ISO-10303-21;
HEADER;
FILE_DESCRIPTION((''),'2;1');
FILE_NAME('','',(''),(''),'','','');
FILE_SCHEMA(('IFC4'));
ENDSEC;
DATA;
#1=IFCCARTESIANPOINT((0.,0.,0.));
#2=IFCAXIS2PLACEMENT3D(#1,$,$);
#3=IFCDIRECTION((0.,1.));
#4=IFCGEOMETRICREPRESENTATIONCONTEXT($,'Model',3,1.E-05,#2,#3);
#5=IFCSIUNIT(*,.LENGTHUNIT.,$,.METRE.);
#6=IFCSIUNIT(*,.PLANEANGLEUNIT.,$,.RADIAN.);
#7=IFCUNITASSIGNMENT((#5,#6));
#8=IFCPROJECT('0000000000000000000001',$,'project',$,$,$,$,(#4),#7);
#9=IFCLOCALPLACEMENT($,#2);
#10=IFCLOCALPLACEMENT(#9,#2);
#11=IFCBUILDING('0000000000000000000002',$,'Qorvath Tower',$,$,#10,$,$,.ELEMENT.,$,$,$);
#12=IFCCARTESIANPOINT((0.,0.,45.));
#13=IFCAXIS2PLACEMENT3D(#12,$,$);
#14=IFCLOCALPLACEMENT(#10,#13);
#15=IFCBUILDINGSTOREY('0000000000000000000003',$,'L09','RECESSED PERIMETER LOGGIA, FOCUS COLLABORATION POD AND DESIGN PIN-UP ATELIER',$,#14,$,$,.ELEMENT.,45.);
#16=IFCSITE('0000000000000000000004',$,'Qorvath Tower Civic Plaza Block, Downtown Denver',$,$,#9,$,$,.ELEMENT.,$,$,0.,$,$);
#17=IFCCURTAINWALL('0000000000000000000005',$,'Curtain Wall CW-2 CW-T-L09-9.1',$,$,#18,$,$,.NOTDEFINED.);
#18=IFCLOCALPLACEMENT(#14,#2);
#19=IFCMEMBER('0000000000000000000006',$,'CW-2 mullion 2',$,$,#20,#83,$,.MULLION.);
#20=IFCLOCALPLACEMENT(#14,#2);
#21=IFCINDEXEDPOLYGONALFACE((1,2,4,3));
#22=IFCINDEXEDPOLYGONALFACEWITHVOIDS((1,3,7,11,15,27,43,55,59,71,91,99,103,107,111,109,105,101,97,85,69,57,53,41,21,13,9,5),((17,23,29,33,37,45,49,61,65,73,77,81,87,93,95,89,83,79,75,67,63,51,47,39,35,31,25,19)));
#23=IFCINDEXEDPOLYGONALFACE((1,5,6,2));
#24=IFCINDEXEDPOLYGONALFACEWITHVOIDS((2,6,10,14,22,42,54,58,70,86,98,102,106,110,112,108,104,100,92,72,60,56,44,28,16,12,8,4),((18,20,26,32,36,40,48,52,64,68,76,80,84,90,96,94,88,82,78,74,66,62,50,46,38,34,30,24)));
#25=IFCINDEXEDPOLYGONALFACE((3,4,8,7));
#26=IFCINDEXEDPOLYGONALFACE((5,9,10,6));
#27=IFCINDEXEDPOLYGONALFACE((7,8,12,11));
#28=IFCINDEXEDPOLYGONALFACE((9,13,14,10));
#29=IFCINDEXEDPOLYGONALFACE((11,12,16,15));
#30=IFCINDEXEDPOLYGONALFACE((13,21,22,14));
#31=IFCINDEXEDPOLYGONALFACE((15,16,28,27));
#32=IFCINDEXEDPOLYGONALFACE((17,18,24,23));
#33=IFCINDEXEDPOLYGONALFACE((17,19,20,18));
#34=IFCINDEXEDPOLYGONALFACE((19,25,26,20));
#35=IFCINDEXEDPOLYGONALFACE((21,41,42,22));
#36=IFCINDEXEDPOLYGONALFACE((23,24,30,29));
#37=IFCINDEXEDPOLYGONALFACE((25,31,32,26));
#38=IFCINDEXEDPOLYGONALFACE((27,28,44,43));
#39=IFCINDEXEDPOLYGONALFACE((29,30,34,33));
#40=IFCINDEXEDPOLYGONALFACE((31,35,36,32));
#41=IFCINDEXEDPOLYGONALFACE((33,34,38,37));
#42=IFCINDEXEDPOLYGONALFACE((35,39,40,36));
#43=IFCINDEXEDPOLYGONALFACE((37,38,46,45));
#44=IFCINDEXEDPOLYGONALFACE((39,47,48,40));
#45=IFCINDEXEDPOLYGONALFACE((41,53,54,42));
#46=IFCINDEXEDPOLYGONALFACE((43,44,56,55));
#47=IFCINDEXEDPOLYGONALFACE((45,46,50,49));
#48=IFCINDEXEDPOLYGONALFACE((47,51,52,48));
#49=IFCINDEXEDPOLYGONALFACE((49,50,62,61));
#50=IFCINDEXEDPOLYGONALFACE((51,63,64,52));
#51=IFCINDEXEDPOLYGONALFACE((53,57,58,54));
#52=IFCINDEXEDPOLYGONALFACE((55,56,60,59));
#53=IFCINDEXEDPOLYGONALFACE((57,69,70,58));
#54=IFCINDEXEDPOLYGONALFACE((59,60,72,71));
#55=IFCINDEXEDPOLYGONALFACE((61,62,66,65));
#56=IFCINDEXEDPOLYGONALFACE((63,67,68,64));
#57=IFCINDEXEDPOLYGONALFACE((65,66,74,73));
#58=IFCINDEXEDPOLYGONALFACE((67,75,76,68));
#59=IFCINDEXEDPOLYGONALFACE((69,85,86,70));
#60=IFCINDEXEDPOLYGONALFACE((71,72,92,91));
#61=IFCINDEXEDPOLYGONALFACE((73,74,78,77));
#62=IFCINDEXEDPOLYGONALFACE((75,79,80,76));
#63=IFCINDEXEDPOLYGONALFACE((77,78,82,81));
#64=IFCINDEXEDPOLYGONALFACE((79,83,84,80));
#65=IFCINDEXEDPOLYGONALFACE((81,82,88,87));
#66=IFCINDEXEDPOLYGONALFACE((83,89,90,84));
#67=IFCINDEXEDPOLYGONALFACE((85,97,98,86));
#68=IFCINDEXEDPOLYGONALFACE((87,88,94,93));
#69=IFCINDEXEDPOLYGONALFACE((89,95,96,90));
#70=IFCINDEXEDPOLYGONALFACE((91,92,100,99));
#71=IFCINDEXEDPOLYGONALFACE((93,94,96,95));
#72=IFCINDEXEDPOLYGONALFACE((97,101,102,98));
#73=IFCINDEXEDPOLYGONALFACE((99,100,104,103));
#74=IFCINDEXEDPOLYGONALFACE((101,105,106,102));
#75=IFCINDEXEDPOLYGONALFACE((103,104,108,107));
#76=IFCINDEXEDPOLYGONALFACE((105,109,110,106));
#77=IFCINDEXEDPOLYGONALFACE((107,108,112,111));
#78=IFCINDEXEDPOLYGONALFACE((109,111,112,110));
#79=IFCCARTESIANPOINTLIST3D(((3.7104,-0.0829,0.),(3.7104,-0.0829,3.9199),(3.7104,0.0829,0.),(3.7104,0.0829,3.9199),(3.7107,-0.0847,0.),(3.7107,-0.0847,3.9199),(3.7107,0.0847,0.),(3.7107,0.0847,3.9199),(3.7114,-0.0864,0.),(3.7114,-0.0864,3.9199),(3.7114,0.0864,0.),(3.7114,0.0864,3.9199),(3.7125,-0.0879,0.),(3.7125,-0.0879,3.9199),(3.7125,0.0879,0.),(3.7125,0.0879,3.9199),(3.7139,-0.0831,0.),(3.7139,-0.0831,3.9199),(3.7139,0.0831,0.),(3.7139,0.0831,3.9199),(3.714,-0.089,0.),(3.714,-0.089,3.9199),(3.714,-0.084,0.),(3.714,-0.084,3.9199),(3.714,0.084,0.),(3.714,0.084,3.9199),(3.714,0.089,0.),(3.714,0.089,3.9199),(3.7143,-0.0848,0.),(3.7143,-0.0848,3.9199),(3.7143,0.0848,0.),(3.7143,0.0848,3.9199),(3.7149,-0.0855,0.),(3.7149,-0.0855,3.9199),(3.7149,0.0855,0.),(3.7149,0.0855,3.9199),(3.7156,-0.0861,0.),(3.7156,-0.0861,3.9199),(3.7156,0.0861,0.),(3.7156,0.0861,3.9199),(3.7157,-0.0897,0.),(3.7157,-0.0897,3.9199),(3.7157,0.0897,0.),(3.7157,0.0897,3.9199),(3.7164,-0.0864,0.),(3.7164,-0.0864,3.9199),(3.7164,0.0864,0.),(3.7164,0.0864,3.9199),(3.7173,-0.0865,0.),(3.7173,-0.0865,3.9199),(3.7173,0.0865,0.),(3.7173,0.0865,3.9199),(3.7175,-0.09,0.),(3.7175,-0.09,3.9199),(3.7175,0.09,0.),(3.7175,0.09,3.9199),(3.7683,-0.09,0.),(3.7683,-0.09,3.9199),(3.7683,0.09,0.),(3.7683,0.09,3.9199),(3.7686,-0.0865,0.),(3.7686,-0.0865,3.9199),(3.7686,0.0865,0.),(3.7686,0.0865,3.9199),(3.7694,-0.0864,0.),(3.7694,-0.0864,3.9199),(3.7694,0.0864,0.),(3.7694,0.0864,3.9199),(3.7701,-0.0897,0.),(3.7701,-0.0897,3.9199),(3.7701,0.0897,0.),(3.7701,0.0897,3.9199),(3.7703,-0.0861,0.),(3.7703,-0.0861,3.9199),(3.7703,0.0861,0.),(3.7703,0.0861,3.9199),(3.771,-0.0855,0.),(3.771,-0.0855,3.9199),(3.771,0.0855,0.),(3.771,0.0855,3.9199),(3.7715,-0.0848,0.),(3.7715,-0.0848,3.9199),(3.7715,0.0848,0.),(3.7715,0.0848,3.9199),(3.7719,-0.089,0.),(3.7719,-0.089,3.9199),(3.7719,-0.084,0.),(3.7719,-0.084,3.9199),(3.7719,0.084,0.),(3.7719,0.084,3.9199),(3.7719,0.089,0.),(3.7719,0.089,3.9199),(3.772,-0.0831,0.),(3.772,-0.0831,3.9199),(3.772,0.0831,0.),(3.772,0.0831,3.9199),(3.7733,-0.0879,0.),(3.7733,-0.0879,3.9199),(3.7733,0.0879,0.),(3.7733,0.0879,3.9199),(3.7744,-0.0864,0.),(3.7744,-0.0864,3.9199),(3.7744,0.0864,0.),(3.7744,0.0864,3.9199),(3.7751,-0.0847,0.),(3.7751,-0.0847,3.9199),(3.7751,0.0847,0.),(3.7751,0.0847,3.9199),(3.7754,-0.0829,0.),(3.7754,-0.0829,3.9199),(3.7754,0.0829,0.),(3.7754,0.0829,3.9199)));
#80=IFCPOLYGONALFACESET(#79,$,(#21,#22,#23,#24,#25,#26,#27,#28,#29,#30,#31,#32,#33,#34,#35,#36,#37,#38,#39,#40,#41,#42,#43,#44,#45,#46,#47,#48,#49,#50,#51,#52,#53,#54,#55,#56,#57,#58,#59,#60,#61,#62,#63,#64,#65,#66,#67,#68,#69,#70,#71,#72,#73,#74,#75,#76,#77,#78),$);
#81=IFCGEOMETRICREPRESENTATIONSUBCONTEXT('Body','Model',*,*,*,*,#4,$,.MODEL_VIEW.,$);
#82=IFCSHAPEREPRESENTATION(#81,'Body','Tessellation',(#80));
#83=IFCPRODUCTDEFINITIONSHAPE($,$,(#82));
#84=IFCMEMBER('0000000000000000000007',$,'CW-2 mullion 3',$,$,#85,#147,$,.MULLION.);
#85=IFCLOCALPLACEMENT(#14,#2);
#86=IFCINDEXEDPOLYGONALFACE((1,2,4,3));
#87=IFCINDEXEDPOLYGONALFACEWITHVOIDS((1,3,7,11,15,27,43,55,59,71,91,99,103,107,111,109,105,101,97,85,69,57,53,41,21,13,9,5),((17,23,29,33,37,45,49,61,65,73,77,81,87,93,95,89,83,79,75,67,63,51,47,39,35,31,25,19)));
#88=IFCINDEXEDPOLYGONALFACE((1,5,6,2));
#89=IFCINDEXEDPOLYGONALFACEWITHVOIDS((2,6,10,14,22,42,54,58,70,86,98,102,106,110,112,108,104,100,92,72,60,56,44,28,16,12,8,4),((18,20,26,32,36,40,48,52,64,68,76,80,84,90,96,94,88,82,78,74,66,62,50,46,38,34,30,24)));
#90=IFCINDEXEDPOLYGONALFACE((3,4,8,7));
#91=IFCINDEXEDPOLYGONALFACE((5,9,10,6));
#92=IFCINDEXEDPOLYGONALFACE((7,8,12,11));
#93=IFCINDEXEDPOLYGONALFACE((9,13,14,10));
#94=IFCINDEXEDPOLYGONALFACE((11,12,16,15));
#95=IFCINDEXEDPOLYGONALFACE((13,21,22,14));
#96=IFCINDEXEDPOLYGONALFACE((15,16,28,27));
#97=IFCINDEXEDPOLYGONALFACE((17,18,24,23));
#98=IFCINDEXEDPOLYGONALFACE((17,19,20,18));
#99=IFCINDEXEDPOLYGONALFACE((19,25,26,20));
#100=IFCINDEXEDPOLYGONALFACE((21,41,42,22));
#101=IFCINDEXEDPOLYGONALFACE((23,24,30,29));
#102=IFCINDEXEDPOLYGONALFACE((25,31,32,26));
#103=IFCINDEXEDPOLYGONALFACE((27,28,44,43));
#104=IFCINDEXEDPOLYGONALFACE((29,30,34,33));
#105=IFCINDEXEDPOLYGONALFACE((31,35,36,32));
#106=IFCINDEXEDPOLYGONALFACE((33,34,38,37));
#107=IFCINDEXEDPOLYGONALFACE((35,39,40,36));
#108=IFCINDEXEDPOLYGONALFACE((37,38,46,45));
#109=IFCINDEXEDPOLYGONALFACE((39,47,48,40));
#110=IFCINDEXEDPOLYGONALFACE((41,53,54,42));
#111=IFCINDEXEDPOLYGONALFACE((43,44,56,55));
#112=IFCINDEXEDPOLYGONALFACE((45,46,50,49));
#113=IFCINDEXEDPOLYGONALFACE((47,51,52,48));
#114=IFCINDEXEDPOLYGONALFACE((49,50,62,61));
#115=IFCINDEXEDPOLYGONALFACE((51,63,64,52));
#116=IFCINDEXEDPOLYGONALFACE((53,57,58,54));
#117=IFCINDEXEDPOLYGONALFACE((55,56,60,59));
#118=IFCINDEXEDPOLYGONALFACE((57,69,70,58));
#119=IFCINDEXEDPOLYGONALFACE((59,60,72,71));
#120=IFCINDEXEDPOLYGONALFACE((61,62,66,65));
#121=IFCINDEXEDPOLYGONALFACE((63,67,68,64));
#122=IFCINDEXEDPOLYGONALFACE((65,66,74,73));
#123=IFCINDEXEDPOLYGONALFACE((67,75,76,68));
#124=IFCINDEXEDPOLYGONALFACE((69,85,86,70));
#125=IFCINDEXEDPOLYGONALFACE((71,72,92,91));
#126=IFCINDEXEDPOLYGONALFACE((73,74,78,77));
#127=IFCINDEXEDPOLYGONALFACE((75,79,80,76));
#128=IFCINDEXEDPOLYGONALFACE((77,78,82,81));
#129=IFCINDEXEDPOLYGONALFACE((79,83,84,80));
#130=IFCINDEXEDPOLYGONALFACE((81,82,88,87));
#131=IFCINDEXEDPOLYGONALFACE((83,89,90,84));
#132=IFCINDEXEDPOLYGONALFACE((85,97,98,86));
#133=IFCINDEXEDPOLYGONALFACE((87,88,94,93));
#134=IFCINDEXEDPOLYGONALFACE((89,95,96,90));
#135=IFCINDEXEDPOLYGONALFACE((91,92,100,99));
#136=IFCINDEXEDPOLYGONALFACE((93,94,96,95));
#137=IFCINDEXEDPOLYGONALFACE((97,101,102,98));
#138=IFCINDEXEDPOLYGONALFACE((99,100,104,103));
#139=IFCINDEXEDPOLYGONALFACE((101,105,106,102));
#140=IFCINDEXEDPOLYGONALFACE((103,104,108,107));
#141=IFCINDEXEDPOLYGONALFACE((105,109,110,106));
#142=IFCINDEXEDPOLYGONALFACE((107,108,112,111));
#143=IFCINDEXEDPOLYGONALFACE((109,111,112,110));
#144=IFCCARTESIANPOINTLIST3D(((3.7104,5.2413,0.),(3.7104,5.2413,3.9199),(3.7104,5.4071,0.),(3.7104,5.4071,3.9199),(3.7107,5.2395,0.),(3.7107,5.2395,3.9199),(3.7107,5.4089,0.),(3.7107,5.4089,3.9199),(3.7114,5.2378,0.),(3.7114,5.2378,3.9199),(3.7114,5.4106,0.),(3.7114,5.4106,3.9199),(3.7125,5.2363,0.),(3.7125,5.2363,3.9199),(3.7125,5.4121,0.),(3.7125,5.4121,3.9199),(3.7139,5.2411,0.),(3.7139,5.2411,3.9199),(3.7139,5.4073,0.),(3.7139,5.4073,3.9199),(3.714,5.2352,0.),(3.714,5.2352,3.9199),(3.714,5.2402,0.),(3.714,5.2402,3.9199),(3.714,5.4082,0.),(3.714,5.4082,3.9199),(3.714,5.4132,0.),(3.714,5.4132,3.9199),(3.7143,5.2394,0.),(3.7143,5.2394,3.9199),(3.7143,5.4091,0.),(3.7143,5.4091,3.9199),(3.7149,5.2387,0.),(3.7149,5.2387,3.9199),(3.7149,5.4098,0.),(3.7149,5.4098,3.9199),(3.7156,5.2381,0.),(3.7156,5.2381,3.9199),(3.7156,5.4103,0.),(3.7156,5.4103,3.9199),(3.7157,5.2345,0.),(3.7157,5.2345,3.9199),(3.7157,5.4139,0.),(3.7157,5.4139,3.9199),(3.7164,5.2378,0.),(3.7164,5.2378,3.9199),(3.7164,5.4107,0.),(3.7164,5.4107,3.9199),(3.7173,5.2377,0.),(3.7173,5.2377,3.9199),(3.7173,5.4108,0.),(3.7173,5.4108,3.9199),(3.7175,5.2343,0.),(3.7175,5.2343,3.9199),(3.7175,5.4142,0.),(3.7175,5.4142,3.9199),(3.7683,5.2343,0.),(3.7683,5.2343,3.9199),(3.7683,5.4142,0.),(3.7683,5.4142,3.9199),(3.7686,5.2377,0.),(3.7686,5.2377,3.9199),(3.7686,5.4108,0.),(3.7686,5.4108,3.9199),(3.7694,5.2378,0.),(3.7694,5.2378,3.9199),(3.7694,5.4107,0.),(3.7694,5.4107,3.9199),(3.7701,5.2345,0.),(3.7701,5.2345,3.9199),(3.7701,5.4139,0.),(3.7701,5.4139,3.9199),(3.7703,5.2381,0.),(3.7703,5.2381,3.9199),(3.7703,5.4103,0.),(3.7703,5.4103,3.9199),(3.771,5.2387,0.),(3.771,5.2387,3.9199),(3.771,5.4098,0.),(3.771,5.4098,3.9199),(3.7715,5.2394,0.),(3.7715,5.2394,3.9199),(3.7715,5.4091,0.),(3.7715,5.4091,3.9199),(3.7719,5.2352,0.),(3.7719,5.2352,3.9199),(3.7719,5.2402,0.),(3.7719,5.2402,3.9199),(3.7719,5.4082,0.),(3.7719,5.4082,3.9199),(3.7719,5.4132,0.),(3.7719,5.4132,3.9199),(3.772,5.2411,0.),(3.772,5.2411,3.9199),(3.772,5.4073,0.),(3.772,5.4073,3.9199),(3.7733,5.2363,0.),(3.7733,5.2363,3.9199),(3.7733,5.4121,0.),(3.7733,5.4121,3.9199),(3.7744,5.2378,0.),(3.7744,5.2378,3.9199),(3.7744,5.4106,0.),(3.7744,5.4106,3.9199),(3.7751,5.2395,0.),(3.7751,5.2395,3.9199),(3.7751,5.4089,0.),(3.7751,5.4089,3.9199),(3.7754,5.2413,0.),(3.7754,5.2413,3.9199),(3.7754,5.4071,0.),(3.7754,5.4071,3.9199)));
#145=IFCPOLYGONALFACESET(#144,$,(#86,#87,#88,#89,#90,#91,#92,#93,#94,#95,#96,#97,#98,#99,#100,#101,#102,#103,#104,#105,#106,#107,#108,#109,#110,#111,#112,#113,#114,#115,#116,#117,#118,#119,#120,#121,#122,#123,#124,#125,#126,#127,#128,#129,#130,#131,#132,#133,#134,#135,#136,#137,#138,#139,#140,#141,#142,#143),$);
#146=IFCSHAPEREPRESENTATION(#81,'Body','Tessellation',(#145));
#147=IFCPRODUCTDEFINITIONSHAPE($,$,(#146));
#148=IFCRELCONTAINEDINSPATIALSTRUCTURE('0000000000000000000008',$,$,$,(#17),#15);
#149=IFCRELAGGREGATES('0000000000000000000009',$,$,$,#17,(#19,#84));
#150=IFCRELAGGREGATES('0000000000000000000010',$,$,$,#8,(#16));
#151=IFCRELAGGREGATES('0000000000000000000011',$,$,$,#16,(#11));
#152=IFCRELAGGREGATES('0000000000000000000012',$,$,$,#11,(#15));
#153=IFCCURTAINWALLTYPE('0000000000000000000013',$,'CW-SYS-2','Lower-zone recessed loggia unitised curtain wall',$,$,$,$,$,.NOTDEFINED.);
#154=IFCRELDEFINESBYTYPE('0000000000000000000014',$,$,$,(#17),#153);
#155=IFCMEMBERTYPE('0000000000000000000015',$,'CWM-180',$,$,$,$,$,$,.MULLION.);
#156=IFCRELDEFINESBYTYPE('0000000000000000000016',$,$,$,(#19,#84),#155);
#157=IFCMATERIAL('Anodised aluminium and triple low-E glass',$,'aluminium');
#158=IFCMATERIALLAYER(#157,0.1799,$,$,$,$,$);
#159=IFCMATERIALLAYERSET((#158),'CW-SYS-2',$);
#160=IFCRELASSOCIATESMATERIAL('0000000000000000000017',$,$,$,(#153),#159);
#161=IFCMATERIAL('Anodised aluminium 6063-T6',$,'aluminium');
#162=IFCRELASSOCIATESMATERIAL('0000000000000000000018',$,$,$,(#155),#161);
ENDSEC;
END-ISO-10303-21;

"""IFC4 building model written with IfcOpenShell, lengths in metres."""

from ifc_helpers import new_model, si_unit, direction, frame, origin, origin_2d, place, context, subcontext, project, spatial, hollow_rectangle, extrude, material, layer, layer_set, material_profile, profile_set, type_object, element, aggregate, save


model = new_model("IFC4")

# Units and contexts
model_context = context("Model", 3, precision=1e-05, world=origin(), true_north=direction((0.0, 1.0)))
body_context = subcontext(model_context, "Body", "Model", "MODEL_VIEW")
ifc_project = project(units=[si_unit("LENGTHUNIT", "METRE"), si_unit("PLANEANGLEUNIT", "RADIAN")], contexts=[model_context])

# Site, building, storey
site_placement = place(None, origin())
site = spatial("IfcSite", under=ifc_project, at=site_placement, Name="Qorvath Tower Civic Plaza Block, Downtown Denver", CompositionType="ELEMENT", RefElevation=0.0)
building_placement = place(site_placement, origin())
building = spatial("IfcBuilding", under=site, at=building_placement, Name="Qorvath Tower", CompositionType="ELEMENT")
storey_placement = place(building_placement, frame((0.0, 0.0, 45.0)))
storey = spatial("IfcBuildingStorey", under=building, at=storey_placement, Name="L09", Description="RECESSED PERIMETER LOGGIA, FOCUS COLLABORATION POD AND DESIGN PIN-UP ATELIER", CompositionType="ELEMENT", Elevation=45.0)

# Curtain wall, members
ifc_material_1 = material(Name="Anodised aluminium and triple low-E glass", Category="aluminium")
ifc_layer_1 = layer(ifc_material_1, 0.1799)
ifc_layer_set_1 = layer_set([ifc_layer_1], Name="CW-SYS-2")
curtain_wall_type = type_object("IfcCurtainWallType", Name="CW-SYS-2", Description="Lower-zone recessed loggia unitised curtain wall", PredefinedType="NOTDEFINED", material=ifc_layer_set_1)
curtain_wall_1_placement = place(storey_placement, origin())
curtain_wall_1 = element("IfcCurtainWall", 1, at=curtain_wall_1_placement, inside=storey, type_object=curtain_wall_type, Name="Curtain Wall CW-2 CW-T-L09-9.1", PredefinedType="NOTDEFINED")
ifc_material_2 = material(Name="Anodised aluminium 6063-T6", Category="aluminium")
ifc_material_profile_1 = material_profile(ifc_material_2, hollow_rectangle(XDim=0.0649, YDim=0.1799, WallThickness=0.0034, InnerFilletRadius=0.0034, OuterFilletRadius=0.0071, at=origin_2d()), Name="CWM 180x65")
ifc_profile_set_1 = profile_set([ifc_material_profile_1], Name="Anodised aluminium 6063-T6")
member_type_1 = type_object("IfcMemberType", Name="CWM-180", PredefinedType="MULLION", material=ifc_profile_set_1)
member_1_placement = place(storey_placement, frame((3.7429, 0.0, 0.0), z_axis=(0.0, 0.0, 1.0), x_axis=(-1.0, 0.0, 0.0)))
member_1 = element("IfcMember", 2, at=member_1_placement, type_object=member_type_1, Name="CW-2 mullion 2", PredefinedType="MULLION", context=body_context, shape_type="SweptSolid", body=[
    extrude(hollow_rectangle(XDim=0.0649, YDim=0.1799, WallThickness=0.0034, InnerFilletRadius=0.0034, OuterFilletRadius=0.0071, at=origin_2d()), origin(), (0.0, 0.0, 1.0), 3.9199),
])
member_2_placement = place(storey_placement, frame((3.7429, 5.3242, 0.0), z_axis=(0.0, 0.0, 1.0), x_axis=(-1.0, 0.0, 0.0)))
member_2 = element("IfcMember", 3, at=member_2_placement, type_object=member_type_1, Name="CW-2 mullion 3", PredefinedType="MULLION", context=body_context, shape_type="SweptSolid", body=[
    extrude(hollow_rectangle(XDim=0.0649, YDim=0.1799, WallThickness=0.0034, InnerFilletRadius=0.0034, OuterFilletRadius=0.0071, at=origin_2d()), origin(), (0.0, 0.0, 1.0), 3.9199),
])

aggregate(curtain_wall_1, [member_1, member_2])

save(model, "model.ifc")
